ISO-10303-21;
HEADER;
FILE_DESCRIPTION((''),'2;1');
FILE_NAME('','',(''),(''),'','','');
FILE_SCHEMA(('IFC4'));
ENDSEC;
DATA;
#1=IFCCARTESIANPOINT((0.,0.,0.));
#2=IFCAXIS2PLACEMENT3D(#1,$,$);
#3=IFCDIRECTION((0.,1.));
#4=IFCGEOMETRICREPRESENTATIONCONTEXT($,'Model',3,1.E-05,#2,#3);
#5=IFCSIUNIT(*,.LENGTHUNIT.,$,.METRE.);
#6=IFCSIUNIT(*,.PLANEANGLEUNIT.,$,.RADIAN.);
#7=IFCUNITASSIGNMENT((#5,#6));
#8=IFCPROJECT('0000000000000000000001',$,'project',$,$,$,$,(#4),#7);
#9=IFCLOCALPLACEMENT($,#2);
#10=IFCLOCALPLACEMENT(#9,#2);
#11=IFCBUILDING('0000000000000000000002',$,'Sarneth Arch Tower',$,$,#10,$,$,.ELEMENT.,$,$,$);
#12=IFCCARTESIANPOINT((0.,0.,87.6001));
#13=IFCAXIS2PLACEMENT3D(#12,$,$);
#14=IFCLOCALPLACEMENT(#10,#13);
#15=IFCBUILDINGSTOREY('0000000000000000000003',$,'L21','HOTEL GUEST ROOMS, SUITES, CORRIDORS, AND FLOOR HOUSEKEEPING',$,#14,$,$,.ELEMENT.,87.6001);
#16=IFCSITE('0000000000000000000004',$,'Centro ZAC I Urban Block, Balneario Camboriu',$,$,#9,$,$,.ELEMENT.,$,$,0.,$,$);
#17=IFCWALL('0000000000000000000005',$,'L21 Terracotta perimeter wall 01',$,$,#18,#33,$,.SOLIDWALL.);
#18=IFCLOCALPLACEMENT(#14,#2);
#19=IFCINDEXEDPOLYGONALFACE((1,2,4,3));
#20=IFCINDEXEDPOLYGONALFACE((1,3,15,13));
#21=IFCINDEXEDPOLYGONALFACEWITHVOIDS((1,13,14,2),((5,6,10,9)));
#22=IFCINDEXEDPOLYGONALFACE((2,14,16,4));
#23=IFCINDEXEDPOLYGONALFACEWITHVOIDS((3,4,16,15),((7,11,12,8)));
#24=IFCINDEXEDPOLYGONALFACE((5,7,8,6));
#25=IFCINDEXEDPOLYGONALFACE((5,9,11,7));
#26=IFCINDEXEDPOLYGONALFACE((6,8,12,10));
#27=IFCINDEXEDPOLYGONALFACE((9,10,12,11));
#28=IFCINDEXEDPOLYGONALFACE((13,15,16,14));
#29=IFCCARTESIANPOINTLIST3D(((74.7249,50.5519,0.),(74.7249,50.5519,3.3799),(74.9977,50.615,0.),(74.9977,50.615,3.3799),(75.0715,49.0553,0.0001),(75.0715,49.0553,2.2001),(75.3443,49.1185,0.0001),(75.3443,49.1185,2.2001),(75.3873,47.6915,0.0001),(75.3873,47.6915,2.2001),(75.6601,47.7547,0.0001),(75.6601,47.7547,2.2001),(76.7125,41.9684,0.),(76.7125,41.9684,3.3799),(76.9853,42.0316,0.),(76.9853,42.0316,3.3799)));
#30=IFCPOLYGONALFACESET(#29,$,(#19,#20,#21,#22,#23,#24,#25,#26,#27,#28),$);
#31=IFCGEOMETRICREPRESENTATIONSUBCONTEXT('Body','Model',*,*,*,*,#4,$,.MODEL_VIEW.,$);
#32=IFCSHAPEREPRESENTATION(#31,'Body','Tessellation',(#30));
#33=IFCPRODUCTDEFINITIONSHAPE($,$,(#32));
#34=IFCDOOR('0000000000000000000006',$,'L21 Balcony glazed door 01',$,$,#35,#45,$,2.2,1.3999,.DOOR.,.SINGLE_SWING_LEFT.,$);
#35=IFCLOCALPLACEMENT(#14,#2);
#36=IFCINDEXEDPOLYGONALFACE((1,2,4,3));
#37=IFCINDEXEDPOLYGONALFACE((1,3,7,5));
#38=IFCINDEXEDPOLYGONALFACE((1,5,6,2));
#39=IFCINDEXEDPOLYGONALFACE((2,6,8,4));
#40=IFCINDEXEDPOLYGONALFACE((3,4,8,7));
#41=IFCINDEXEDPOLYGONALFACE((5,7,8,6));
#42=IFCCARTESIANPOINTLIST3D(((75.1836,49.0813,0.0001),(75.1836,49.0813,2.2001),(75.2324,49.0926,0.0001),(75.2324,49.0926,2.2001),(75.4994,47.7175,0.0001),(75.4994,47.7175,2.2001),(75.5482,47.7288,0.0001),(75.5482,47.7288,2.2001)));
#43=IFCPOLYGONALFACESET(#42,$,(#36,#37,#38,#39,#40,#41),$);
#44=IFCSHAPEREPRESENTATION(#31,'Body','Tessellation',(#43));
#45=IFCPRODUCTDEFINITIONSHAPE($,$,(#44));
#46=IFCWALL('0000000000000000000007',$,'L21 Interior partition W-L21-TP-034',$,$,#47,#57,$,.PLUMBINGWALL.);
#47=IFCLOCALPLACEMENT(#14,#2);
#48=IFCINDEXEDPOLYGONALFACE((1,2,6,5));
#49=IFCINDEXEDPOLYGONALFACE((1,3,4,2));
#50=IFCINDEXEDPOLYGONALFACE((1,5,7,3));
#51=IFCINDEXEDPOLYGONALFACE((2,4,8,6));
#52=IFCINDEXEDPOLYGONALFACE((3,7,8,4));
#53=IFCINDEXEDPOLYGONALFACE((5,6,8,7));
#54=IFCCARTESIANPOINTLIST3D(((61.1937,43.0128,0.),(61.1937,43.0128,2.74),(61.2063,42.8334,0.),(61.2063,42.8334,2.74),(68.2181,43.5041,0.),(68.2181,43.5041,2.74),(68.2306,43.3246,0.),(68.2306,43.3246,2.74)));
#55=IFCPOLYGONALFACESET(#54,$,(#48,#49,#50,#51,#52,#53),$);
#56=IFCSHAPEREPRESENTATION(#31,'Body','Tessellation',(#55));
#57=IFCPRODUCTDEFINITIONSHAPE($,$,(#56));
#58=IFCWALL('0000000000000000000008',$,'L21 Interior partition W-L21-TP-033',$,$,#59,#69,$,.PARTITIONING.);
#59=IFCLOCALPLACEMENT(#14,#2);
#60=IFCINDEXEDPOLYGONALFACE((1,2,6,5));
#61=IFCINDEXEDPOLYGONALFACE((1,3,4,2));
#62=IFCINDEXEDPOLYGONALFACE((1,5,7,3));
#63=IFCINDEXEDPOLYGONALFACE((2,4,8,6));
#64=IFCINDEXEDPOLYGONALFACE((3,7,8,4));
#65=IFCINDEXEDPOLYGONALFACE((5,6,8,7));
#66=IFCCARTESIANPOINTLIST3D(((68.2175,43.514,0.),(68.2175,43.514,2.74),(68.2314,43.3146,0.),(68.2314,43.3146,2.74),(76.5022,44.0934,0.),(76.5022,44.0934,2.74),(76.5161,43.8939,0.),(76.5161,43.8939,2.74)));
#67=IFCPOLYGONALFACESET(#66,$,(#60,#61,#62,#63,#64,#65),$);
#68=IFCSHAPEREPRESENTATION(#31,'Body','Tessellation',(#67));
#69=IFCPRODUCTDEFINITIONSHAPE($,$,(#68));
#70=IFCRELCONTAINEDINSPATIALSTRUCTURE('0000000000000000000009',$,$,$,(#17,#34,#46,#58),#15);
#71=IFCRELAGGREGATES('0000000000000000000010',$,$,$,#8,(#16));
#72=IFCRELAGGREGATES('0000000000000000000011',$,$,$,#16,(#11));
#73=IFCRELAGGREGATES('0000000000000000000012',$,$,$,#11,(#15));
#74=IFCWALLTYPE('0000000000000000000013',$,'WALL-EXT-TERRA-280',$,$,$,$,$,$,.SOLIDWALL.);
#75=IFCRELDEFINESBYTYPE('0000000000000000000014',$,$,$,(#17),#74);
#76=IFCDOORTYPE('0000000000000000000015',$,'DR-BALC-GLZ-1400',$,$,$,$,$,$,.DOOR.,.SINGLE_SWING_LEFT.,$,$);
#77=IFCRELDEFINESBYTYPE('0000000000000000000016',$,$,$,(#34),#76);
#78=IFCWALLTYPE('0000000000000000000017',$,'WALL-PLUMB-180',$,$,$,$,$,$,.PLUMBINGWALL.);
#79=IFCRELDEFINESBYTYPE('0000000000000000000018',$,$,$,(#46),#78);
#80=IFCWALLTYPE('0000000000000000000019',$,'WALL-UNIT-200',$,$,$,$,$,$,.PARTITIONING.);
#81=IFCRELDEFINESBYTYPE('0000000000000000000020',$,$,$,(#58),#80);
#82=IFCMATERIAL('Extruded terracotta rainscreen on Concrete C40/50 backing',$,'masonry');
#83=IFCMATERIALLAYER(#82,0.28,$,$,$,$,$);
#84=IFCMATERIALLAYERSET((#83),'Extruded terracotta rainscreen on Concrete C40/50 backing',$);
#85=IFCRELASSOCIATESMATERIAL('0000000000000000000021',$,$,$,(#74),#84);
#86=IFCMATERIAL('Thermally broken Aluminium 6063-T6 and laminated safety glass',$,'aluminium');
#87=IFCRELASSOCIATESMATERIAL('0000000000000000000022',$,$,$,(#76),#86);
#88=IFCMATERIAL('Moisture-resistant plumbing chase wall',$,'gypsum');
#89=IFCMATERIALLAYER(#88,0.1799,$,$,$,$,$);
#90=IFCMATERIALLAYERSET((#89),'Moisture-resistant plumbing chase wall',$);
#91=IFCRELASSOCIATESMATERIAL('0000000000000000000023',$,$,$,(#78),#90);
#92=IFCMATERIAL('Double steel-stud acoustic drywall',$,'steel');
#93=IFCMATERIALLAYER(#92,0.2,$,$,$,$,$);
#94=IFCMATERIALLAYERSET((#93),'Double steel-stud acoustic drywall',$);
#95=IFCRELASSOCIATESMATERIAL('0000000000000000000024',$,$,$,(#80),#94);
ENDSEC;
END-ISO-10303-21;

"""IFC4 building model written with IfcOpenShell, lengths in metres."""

from ifc_helpers import new_model, si_unit, direction, frame, frame_2d, origin, place, context, subcontext, project, spatial, rectangle, extrude, material, layer, layer_set, type_object, element, fill, save


model = new_model("IFC4")

# Units and contexts
model_context = context("Model", 3, precision=1e-05, world=origin(), true_north=direction((0.0, 1.0)))
body_context = subcontext(model_context, "Body", "Model", "MODEL_VIEW")
ifc_project = project(units=[si_unit("LENGTHUNIT", "METRE"), si_unit("PLANEANGLEUNIT", "RADIAN")], contexts=[model_context])

# Site, building, storey
site_placement = place(None, origin())
site = spatial("IfcSite", under=ifc_project, at=site_placement, Name="Centro ZAC I Urban Block, Balneario Camboriu", CompositionType="ELEMENT", RefElevation=0.0)
building_placement = place(site_placement, origin())
building = spatial("IfcBuilding", under=site, at=building_placement, Name="Sarneth Arch Tower", CompositionType="ELEMENT")
storey_placement = place(building_placement, frame((0.0, 0.0, 87.6001)))
storey = spatial("IfcBuildingStorey", under=building, at=storey_placement, Name="L21", Description="HOTEL GUEST ROOMS, SUITES, CORRIDORS, AND FLOOR HOUSEKEEPING", CompositionType="ELEMENT", Elevation=87.6001)

# Wall, opening, door
ifc_material_1 = material(Name="Extruded terracotta rainscreen on Concrete C40/50 backing", Category="masonry")
ifc_layer_1 = layer(ifc_material_1, 0.28)
ifc_layer_set_1 = layer_set([ifc_layer_1], Name="Extruded terracotta rainscreen on Concrete C40/50 backing")
wall_type_1 = type_object("IfcWallType", Name="WALL-EXT-TERRA-280", PredefinedType="SOLIDWALL", material=ifc_layer_set_1)
wall_1_placement = place(storey_placement, frame((76.8489, 42.0, 0.0), z_axis=(0.0, 0.0, 1.0), x_axis=(-0.225586, 0.974223, 0.0)))
wall_1 = element("IfcWall", 1, at=wall_1_placement, inside=storey, type_object=wall_type_1, Name="L21 Terracotta perimeter wall 01", PredefinedType="SOLIDWALL", context=body_context, shape_type="SweptSolid", body=[
    extrude(rectangle(XDim=8.8105, YDim=0.28, at=frame_2d((4.4053, 0.0))), origin(), (0.0, 0.0, 1.0), 3.3799),
])
opening_placement = place(wall_1_placement, frame((5.8745, 0.0, 0.0)))
opening = element("IfcOpeningElement", 2, at=opening_placement, cuts=wall_1, PredefinedType="OPENING", context=body_context, shape_type="SweptSolid", body=[
    extrude(rectangle(XDim=1.3999, YDim=2.2, at=frame_2d((0.7, 1.1001))), frame((0.0, 0.1499, 0.0), z_axis=(0.0, -1.0, 0.0), x_axis=(1.0, 0.0, 0.0)), (0.0, 0.0, 1.0), 0.3),
])
ifc_material_2 = material(Name="Thermally broken Aluminium 6063-T6 and laminated safety glass", Category="aluminium")
door_type = type_object("IfcDoorType", Name="DR-BALC-GLZ-1400", OperationType="SINGLE_SWING_LEFT", PredefinedType="DOOR", material=ifc_material_2)
door_placement = place(opening_placement, origin())
door = element("IfcDoor", 3, at=door_placement, inside=storey, type_object=door_type, Name="L21 Balcony glazed door 01", OperationType="SINGLE_SWING_LEFT", OverallHeight=2.2, OverallWidth=1.3999, PredefinedType="DOOR", context=body_context, shape_type="SweptSolid", body=[
    extrude(rectangle(XDim=1.3999, YDim=2.2, at=frame_2d((0.7, 1.1001))), frame((0.0, 0.0249, 0.0), z_axis=(0.0, -1.0, 0.0), x_axis=(1.0, 0.0, 0.0)), (0.0, 0.0, 1.0), 0.05),
])
fill(opening, door)

# Walls
ifc_material_3 = material(Name="Moisture-resistant plumbing chase wall", Category="gypsum")
ifc_layer_2 = layer(ifc_material_3, 0.1799)
ifc_layer_set_2 = layer_set([ifc_layer_2], Name="Moisture-resistant plumbing chase wall")
wall_type_2 = type_object("IfcWallType", Name="WALL-PLUMB-180", PredefinedType="PLUMBINGWALL", material=ifc_layer_set_2)
wall_2_placement = place(storey_placement, frame((68.2244, 43.4143, 0.0), z_axis=(0.0, 0.0, 1.0), x_axis=(-0.997564, -0.069759, 0.0)))
element("IfcWall", 4, at=wall_2_placement, inside=storey, type_object=wall_type_2, Name="L21 Interior partition W-L21-TP-034", PredefinedType="PLUMBINGWALL", context=body_context, shape_type="SweptSolid", body=[
    extrude(rectangle(XDim=7.0415, YDim=0.1799, at=frame_2d((3.5208, 0.0))), origin(), (0.0, 0.0, 1.0), 2.74),
])
ifc_material_4 = material(Name="Double steel-stud acoustic drywall", Category="steel")
ifc_layer_3 = layer(ifc_material_4, 0.2)
ifc_layer_set_3 = layer_set([ifc_layer_3], Name="Double steel-stud acoustic drywall")
wall_type_3 = type_object("IfcWallType", Name="WALL-UNIT-200", PredefinedType="PARTITIONING", material=ifc_layer_set_3)
wall_3_placement = place(storey_placement, frame((76.509, 43.9937, 0.0), z_axis=(0.0, 0.0, 1.0), x_axis=(-0.997564, -0.06976, 0.0)))
element("IfcWall", 5, at=wall_3_placement, inside=storey, type_object=wall_type_3, Name="L21 Interior partition W-L21-TP-033", PredefinedType="PARTITIONING", context=body_context, shape_type="SweptSolid", body=[
    extrude(rectangle(XDim=8.3049, YDim=0.2, at=frame_2d((4.1523, 0.0))), origin(), (0.0, 0.0, 1.0), 2.74),
])

save(model, "model.ifc")
